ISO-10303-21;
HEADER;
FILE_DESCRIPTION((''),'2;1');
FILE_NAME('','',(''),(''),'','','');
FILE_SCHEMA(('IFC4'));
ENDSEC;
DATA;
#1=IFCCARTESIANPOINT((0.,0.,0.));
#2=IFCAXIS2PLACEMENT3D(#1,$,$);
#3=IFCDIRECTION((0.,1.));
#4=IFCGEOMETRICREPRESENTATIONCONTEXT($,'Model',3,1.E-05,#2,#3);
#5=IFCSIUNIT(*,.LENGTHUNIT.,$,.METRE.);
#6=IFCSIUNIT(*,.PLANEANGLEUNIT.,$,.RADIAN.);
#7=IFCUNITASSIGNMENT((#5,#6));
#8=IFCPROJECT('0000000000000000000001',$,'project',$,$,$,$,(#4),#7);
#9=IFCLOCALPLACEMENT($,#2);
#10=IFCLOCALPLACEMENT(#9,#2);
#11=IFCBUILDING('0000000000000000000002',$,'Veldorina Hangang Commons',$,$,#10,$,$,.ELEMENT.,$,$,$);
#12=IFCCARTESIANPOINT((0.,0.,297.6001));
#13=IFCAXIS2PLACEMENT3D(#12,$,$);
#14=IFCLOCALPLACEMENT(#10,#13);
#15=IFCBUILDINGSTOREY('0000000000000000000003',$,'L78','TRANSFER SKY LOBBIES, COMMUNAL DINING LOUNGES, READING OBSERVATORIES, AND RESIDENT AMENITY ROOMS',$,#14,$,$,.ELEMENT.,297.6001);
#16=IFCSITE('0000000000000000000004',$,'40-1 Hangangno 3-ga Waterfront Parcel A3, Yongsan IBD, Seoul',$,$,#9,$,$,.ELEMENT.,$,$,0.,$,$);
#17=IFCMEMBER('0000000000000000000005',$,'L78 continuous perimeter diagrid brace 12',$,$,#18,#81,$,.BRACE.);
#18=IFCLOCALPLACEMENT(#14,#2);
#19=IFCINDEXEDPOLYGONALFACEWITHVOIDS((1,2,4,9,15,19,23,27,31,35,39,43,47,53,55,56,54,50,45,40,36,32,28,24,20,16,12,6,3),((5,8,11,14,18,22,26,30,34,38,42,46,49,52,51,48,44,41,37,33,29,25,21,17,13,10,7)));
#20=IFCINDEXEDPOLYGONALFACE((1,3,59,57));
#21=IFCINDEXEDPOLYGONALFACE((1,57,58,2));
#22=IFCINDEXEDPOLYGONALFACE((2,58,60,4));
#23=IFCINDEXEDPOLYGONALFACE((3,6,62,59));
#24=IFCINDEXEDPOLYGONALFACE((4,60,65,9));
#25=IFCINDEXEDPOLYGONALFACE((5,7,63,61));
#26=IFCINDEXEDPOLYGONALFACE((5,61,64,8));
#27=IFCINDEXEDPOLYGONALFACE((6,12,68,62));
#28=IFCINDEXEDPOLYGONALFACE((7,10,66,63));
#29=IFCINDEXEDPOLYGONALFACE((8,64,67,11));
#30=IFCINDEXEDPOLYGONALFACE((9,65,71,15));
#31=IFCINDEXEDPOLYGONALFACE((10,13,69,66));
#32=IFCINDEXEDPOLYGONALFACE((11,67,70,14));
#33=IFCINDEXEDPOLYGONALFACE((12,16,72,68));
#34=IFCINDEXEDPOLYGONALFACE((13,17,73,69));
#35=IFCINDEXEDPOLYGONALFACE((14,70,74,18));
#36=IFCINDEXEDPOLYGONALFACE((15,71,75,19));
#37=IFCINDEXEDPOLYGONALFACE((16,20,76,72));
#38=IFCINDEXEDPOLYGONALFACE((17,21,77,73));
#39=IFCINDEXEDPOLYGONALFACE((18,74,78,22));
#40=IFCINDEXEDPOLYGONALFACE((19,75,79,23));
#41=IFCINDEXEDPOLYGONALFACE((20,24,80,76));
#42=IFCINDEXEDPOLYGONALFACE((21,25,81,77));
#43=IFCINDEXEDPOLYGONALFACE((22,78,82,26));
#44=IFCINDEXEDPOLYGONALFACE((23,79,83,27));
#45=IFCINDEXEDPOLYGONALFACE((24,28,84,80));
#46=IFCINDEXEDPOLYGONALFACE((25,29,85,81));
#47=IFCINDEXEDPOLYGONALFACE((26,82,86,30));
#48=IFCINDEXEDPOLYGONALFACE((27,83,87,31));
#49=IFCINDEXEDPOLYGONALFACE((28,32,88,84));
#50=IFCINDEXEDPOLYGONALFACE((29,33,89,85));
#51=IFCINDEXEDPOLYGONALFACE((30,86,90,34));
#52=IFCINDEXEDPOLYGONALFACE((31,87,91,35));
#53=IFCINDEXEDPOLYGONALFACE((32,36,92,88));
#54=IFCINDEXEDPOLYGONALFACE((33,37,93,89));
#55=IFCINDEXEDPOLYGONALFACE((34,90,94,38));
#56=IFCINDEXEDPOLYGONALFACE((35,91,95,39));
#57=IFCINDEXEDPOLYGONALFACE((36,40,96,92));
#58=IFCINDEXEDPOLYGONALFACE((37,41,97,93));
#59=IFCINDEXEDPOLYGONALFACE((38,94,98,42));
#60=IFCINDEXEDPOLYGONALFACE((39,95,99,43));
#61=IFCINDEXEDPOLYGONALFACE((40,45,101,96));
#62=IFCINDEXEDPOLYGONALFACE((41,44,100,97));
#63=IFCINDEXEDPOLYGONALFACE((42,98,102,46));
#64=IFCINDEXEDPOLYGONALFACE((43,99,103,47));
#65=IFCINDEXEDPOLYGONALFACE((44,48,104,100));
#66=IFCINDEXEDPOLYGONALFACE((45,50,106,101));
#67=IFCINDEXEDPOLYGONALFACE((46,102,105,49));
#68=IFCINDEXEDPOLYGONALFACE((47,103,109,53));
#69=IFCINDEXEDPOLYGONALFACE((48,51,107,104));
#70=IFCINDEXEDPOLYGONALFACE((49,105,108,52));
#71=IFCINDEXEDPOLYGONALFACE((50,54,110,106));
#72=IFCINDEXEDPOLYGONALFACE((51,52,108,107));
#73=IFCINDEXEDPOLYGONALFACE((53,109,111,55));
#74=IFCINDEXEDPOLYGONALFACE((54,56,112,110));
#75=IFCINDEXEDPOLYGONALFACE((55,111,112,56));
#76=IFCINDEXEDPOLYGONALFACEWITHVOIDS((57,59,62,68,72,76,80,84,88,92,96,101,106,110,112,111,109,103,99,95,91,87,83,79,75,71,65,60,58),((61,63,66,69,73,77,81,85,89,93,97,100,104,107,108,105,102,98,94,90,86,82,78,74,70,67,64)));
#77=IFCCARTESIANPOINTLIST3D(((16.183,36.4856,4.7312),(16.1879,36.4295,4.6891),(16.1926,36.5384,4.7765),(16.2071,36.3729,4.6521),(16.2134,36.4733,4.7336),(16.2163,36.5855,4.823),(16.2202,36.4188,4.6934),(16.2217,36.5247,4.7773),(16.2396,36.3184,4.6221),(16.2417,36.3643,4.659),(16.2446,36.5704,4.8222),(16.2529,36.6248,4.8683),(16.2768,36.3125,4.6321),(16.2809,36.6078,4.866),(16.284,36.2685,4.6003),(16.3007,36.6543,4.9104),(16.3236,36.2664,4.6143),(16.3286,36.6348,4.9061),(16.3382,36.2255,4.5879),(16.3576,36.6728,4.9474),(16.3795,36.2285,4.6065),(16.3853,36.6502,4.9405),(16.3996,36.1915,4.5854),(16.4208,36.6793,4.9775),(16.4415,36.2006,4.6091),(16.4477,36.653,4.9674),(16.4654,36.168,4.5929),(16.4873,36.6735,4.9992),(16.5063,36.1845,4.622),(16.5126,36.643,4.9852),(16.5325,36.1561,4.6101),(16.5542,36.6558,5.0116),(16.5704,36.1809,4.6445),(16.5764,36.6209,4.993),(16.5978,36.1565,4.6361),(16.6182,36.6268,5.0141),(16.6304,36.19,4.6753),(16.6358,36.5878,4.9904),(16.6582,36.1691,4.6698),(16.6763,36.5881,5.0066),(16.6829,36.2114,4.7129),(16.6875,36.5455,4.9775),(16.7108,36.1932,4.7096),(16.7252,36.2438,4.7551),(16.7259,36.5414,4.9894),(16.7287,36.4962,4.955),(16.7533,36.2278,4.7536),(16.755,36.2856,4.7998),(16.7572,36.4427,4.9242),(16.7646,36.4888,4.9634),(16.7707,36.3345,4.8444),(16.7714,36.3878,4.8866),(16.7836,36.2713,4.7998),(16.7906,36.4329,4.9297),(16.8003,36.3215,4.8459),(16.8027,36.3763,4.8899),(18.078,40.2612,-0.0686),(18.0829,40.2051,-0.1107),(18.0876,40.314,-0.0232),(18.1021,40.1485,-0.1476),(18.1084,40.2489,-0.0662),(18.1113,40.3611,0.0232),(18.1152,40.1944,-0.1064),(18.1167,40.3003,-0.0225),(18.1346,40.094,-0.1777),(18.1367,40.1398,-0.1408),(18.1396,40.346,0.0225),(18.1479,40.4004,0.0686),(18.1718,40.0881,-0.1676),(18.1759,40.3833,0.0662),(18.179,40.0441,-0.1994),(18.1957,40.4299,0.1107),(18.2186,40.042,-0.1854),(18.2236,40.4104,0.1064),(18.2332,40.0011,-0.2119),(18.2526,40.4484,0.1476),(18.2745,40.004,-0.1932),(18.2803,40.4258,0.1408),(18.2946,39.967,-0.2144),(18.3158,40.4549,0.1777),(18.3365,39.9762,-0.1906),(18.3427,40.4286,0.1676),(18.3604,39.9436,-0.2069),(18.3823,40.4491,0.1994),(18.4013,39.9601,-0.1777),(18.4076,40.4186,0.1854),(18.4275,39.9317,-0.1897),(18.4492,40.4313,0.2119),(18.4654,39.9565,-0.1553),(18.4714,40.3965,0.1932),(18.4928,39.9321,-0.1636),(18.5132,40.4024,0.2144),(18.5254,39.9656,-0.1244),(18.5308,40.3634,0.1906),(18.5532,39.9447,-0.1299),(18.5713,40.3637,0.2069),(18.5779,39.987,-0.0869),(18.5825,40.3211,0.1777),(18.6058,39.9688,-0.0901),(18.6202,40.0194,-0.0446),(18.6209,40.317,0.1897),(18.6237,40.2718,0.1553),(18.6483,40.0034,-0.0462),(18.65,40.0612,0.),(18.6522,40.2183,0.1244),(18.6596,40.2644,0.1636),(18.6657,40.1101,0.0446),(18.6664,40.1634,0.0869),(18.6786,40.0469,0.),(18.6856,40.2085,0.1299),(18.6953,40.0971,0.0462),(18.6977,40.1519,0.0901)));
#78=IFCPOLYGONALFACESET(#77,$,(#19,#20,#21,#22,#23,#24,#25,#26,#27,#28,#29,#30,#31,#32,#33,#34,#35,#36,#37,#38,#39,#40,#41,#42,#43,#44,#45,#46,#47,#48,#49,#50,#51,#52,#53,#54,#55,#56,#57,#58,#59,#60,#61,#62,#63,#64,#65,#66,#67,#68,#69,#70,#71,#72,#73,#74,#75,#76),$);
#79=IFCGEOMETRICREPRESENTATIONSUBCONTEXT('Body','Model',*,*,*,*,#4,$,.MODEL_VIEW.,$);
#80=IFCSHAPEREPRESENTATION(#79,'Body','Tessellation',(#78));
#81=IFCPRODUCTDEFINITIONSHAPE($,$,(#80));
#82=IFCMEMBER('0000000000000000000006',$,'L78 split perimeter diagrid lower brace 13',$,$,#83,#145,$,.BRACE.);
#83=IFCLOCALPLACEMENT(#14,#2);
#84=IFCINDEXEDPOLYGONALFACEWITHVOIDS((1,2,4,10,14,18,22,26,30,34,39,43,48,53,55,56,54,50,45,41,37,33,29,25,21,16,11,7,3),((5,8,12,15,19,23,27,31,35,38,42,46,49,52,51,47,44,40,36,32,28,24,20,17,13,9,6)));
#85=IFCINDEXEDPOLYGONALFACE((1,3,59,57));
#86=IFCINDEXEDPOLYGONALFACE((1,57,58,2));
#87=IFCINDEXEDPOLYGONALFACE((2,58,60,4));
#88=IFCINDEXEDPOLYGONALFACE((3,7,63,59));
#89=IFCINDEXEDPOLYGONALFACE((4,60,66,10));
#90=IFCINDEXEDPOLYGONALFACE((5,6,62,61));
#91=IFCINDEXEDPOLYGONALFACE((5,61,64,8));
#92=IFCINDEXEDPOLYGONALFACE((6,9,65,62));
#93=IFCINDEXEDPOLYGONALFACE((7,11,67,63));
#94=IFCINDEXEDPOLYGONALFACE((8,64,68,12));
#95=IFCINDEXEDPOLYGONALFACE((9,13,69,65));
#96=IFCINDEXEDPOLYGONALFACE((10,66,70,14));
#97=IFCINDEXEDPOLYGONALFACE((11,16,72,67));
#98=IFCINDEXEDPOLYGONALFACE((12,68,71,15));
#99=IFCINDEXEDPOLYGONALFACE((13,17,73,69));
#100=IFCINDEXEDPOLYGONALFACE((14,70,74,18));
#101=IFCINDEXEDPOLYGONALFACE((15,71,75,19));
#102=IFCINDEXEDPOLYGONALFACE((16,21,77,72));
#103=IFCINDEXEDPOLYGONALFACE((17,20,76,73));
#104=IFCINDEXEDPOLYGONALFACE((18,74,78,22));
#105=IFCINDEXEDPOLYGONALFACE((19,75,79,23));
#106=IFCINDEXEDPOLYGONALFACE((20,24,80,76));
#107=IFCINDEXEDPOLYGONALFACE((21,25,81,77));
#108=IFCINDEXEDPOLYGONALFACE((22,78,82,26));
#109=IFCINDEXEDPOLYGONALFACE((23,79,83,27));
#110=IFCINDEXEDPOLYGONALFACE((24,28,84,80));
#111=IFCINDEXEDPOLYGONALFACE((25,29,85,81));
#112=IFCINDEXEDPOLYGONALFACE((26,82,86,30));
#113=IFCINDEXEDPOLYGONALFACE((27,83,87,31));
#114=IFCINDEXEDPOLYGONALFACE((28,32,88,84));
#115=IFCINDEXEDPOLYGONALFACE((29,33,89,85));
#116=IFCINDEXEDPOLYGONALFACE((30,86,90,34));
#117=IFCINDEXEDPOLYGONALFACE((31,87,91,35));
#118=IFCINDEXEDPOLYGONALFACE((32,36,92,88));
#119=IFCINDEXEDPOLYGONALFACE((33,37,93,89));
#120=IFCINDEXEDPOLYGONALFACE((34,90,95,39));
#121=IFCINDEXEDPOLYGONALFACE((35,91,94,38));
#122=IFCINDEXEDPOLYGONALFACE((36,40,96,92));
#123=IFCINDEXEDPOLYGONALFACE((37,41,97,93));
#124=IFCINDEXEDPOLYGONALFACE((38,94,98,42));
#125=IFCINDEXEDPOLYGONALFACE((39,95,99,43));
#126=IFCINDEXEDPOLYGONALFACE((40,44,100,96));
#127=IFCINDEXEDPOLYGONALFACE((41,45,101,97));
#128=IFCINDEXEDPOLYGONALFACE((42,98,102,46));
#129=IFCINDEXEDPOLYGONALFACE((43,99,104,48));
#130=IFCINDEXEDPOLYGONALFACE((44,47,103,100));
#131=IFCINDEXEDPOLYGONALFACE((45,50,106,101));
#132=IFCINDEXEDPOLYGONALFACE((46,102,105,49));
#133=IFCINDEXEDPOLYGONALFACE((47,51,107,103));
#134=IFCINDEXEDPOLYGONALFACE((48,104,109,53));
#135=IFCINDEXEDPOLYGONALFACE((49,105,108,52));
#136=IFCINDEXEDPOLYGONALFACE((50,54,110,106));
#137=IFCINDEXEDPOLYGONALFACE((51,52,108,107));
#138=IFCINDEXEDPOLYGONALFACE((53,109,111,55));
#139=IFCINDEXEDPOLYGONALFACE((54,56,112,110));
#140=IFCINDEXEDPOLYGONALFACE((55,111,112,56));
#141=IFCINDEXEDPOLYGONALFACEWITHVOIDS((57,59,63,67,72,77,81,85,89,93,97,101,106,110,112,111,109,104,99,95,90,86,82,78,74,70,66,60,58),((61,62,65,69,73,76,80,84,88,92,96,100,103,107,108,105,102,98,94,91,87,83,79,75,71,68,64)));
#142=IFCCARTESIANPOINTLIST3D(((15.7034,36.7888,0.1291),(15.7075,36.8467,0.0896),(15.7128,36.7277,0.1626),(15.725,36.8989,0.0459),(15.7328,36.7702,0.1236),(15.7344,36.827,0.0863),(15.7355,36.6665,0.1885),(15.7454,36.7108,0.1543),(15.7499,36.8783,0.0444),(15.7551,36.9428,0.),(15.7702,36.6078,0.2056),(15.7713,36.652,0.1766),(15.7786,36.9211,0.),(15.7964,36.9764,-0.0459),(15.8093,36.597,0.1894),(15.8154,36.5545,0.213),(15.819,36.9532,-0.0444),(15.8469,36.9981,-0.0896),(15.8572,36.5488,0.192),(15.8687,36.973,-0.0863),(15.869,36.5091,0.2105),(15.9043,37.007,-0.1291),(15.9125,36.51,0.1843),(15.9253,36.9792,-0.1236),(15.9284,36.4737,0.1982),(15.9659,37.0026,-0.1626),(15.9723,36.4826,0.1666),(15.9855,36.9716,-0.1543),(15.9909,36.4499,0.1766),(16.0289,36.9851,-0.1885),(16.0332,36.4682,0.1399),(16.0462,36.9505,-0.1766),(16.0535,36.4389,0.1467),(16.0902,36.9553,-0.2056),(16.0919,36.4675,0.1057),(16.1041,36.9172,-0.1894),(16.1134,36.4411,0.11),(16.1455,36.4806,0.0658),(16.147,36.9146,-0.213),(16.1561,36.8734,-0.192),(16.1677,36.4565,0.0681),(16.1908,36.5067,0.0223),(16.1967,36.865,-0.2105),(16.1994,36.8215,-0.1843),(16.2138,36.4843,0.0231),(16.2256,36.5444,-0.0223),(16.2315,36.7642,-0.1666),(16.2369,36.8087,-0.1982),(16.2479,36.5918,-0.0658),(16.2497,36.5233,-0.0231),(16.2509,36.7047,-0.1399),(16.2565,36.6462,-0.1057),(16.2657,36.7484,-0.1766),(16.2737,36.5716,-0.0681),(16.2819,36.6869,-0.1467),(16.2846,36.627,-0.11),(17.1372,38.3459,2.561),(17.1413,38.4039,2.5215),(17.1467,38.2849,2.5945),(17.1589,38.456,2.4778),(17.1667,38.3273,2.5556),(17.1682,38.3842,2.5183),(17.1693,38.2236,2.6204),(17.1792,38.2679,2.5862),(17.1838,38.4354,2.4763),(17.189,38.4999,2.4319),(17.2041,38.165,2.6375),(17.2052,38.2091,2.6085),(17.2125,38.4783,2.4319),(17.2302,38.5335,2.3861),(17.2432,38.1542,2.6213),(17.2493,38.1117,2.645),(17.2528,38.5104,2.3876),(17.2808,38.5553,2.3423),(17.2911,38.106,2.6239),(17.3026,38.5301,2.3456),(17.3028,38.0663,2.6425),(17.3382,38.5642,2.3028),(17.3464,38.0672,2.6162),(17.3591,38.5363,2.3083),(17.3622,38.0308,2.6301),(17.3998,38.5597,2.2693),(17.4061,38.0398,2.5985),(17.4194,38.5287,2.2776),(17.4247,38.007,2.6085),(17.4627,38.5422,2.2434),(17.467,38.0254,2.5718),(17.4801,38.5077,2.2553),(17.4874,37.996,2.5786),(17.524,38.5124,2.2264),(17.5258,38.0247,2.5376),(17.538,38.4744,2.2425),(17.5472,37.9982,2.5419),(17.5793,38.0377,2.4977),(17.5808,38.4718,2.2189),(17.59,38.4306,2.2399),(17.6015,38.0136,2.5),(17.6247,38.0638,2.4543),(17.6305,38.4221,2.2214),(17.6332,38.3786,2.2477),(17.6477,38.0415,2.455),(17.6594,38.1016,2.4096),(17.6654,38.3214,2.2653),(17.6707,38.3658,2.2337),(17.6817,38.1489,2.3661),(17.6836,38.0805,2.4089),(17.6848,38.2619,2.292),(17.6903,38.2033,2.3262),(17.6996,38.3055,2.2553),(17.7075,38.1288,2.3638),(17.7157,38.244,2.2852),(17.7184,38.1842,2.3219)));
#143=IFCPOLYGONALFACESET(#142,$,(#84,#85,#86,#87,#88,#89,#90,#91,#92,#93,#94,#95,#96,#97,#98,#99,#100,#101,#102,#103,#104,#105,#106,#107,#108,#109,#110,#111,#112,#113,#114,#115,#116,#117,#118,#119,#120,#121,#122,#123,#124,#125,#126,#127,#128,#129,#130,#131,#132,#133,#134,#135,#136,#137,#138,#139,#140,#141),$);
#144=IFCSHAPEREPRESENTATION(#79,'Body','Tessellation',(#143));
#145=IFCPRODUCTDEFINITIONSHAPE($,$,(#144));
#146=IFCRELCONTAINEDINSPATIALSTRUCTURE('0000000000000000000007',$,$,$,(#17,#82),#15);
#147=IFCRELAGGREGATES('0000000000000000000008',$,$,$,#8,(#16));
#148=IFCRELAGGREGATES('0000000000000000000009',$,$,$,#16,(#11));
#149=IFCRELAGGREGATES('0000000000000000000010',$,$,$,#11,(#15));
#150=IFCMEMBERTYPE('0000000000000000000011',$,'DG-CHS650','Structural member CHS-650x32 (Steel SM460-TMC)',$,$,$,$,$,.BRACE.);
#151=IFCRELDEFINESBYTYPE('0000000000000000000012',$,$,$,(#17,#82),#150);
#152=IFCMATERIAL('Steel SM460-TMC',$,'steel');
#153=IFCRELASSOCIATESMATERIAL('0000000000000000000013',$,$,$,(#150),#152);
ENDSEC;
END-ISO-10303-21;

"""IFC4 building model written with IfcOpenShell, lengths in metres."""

from ifc_helpers import new_model, si_unit, direction, frame, origin, origin_2d, place, context, subcontext, project, spatial, hollow_circle, extrude, material, material_profile, profile_set, type_object, element, save


model = new_model("IFC4")

# Units and contexts
model_context = context("Model", 3, precision=1e-05, world=origin(), true_north=direction((0.0, 1.0)))
body_context = subcontext(model_context, "Body", "Model", "MODEL_VIEW")
ifc_project = project(units=[si_unit("LENGTHUNIT", "METRE"), si_unit("PLANEANGLEUNIT", "RADIAN")], contexts=[model_context])

# Site, building, storey
site_placement = place(None, origin())
site = spatial("IfcSite", under=ifc_project, at=site_placement, Name="40-1 Hangangno 3-ga Waterfront Parcel A3, Yongsan IBD, Seoul", CompositionType="ELEMENT", RefElevation=0.0)
building_placement = place(site_placement, origin())
building = spatial("IfcBuilding", under=site, at=building_placement, Name="Veldorina Hangang Commons", CompositionType="ELEMENT")
storey_placement = place(building_placement, frame((0.0, 0.0, 297.6001)))
storey = spatial("IfcBuildingStorey", under=building, at=storey_placement, Name="L78", Description="TRANSFER SKY LOBBIES, COMMUNAL DINING LOUNGES, READING OBSERVATORIES, AND RESIDENT AMENITY ROOMS", CompositionType="ELEMENT", Elevation=297.6001)

# Shared definitions
ifc_material_1 = material(Name="Steel SM460-TMC", Category="steel")

# Members
ifc_material_profile_1 = material_profile(ifc_material_1, hollow_circle(Radius=0.325, WallThickness=0.032, at=origin_2d()), Name="CHS-650x32")
ifc_profile_set_1 = profile_set([ifc_material_profile_1], Name="Steel SM460-TMC")
member_type_1 = type_object("IfcMemberType", Name="DG-CHS650", Description="Structural member CHS-650x32 (Steel SM460-TMC)", PredefinedType="BRACE", material=ifc_profile_set_1)
member_1_placement = place(storey_placement, frame((18.3882, 40.1926, 0.0), z_axis=(-0.29637, -0.590486, 0.75066), x_axis=(0.893744, -0.448577, 0.0)))
element("IfcMember", 1, at=member_1_placement, inside=storey, type_object=member_type_1, Name="L78 continuous perimeter diagrid brace 12", PredefinedType="BRACE", context=body_context, shape_type="SweptSolid", body=[
    extrude(hollow_circle(Radius=0.325, WallThickness=0.032, at=origin_2d()), origin(), (0.0, 0.0, 1.0), 6.394),
])
member_2_placement = place(storey_placement, frame((15.9941, 36.7227, 0.0), z_axis=(0.44473, 0.48297, 0.754291), x_axis=(-0.73563, 0.677384, 0.0)))
element("IfcMember", 2, at=member_2_placement, inside=storey, type_object=member_type_1, Name="L78 split perimeter diagrid lower brace 13", PredefinedType="BRACE", context=body_context, shape_type="SweptSolid", body=[
    extrude(hollow_circle(Radius=0.325, WallThickness=0.032, at=origin_2d()), origin(), (0.0, 0.0, 1.0), 3.2241),
])

save(model, "model.ifc")
